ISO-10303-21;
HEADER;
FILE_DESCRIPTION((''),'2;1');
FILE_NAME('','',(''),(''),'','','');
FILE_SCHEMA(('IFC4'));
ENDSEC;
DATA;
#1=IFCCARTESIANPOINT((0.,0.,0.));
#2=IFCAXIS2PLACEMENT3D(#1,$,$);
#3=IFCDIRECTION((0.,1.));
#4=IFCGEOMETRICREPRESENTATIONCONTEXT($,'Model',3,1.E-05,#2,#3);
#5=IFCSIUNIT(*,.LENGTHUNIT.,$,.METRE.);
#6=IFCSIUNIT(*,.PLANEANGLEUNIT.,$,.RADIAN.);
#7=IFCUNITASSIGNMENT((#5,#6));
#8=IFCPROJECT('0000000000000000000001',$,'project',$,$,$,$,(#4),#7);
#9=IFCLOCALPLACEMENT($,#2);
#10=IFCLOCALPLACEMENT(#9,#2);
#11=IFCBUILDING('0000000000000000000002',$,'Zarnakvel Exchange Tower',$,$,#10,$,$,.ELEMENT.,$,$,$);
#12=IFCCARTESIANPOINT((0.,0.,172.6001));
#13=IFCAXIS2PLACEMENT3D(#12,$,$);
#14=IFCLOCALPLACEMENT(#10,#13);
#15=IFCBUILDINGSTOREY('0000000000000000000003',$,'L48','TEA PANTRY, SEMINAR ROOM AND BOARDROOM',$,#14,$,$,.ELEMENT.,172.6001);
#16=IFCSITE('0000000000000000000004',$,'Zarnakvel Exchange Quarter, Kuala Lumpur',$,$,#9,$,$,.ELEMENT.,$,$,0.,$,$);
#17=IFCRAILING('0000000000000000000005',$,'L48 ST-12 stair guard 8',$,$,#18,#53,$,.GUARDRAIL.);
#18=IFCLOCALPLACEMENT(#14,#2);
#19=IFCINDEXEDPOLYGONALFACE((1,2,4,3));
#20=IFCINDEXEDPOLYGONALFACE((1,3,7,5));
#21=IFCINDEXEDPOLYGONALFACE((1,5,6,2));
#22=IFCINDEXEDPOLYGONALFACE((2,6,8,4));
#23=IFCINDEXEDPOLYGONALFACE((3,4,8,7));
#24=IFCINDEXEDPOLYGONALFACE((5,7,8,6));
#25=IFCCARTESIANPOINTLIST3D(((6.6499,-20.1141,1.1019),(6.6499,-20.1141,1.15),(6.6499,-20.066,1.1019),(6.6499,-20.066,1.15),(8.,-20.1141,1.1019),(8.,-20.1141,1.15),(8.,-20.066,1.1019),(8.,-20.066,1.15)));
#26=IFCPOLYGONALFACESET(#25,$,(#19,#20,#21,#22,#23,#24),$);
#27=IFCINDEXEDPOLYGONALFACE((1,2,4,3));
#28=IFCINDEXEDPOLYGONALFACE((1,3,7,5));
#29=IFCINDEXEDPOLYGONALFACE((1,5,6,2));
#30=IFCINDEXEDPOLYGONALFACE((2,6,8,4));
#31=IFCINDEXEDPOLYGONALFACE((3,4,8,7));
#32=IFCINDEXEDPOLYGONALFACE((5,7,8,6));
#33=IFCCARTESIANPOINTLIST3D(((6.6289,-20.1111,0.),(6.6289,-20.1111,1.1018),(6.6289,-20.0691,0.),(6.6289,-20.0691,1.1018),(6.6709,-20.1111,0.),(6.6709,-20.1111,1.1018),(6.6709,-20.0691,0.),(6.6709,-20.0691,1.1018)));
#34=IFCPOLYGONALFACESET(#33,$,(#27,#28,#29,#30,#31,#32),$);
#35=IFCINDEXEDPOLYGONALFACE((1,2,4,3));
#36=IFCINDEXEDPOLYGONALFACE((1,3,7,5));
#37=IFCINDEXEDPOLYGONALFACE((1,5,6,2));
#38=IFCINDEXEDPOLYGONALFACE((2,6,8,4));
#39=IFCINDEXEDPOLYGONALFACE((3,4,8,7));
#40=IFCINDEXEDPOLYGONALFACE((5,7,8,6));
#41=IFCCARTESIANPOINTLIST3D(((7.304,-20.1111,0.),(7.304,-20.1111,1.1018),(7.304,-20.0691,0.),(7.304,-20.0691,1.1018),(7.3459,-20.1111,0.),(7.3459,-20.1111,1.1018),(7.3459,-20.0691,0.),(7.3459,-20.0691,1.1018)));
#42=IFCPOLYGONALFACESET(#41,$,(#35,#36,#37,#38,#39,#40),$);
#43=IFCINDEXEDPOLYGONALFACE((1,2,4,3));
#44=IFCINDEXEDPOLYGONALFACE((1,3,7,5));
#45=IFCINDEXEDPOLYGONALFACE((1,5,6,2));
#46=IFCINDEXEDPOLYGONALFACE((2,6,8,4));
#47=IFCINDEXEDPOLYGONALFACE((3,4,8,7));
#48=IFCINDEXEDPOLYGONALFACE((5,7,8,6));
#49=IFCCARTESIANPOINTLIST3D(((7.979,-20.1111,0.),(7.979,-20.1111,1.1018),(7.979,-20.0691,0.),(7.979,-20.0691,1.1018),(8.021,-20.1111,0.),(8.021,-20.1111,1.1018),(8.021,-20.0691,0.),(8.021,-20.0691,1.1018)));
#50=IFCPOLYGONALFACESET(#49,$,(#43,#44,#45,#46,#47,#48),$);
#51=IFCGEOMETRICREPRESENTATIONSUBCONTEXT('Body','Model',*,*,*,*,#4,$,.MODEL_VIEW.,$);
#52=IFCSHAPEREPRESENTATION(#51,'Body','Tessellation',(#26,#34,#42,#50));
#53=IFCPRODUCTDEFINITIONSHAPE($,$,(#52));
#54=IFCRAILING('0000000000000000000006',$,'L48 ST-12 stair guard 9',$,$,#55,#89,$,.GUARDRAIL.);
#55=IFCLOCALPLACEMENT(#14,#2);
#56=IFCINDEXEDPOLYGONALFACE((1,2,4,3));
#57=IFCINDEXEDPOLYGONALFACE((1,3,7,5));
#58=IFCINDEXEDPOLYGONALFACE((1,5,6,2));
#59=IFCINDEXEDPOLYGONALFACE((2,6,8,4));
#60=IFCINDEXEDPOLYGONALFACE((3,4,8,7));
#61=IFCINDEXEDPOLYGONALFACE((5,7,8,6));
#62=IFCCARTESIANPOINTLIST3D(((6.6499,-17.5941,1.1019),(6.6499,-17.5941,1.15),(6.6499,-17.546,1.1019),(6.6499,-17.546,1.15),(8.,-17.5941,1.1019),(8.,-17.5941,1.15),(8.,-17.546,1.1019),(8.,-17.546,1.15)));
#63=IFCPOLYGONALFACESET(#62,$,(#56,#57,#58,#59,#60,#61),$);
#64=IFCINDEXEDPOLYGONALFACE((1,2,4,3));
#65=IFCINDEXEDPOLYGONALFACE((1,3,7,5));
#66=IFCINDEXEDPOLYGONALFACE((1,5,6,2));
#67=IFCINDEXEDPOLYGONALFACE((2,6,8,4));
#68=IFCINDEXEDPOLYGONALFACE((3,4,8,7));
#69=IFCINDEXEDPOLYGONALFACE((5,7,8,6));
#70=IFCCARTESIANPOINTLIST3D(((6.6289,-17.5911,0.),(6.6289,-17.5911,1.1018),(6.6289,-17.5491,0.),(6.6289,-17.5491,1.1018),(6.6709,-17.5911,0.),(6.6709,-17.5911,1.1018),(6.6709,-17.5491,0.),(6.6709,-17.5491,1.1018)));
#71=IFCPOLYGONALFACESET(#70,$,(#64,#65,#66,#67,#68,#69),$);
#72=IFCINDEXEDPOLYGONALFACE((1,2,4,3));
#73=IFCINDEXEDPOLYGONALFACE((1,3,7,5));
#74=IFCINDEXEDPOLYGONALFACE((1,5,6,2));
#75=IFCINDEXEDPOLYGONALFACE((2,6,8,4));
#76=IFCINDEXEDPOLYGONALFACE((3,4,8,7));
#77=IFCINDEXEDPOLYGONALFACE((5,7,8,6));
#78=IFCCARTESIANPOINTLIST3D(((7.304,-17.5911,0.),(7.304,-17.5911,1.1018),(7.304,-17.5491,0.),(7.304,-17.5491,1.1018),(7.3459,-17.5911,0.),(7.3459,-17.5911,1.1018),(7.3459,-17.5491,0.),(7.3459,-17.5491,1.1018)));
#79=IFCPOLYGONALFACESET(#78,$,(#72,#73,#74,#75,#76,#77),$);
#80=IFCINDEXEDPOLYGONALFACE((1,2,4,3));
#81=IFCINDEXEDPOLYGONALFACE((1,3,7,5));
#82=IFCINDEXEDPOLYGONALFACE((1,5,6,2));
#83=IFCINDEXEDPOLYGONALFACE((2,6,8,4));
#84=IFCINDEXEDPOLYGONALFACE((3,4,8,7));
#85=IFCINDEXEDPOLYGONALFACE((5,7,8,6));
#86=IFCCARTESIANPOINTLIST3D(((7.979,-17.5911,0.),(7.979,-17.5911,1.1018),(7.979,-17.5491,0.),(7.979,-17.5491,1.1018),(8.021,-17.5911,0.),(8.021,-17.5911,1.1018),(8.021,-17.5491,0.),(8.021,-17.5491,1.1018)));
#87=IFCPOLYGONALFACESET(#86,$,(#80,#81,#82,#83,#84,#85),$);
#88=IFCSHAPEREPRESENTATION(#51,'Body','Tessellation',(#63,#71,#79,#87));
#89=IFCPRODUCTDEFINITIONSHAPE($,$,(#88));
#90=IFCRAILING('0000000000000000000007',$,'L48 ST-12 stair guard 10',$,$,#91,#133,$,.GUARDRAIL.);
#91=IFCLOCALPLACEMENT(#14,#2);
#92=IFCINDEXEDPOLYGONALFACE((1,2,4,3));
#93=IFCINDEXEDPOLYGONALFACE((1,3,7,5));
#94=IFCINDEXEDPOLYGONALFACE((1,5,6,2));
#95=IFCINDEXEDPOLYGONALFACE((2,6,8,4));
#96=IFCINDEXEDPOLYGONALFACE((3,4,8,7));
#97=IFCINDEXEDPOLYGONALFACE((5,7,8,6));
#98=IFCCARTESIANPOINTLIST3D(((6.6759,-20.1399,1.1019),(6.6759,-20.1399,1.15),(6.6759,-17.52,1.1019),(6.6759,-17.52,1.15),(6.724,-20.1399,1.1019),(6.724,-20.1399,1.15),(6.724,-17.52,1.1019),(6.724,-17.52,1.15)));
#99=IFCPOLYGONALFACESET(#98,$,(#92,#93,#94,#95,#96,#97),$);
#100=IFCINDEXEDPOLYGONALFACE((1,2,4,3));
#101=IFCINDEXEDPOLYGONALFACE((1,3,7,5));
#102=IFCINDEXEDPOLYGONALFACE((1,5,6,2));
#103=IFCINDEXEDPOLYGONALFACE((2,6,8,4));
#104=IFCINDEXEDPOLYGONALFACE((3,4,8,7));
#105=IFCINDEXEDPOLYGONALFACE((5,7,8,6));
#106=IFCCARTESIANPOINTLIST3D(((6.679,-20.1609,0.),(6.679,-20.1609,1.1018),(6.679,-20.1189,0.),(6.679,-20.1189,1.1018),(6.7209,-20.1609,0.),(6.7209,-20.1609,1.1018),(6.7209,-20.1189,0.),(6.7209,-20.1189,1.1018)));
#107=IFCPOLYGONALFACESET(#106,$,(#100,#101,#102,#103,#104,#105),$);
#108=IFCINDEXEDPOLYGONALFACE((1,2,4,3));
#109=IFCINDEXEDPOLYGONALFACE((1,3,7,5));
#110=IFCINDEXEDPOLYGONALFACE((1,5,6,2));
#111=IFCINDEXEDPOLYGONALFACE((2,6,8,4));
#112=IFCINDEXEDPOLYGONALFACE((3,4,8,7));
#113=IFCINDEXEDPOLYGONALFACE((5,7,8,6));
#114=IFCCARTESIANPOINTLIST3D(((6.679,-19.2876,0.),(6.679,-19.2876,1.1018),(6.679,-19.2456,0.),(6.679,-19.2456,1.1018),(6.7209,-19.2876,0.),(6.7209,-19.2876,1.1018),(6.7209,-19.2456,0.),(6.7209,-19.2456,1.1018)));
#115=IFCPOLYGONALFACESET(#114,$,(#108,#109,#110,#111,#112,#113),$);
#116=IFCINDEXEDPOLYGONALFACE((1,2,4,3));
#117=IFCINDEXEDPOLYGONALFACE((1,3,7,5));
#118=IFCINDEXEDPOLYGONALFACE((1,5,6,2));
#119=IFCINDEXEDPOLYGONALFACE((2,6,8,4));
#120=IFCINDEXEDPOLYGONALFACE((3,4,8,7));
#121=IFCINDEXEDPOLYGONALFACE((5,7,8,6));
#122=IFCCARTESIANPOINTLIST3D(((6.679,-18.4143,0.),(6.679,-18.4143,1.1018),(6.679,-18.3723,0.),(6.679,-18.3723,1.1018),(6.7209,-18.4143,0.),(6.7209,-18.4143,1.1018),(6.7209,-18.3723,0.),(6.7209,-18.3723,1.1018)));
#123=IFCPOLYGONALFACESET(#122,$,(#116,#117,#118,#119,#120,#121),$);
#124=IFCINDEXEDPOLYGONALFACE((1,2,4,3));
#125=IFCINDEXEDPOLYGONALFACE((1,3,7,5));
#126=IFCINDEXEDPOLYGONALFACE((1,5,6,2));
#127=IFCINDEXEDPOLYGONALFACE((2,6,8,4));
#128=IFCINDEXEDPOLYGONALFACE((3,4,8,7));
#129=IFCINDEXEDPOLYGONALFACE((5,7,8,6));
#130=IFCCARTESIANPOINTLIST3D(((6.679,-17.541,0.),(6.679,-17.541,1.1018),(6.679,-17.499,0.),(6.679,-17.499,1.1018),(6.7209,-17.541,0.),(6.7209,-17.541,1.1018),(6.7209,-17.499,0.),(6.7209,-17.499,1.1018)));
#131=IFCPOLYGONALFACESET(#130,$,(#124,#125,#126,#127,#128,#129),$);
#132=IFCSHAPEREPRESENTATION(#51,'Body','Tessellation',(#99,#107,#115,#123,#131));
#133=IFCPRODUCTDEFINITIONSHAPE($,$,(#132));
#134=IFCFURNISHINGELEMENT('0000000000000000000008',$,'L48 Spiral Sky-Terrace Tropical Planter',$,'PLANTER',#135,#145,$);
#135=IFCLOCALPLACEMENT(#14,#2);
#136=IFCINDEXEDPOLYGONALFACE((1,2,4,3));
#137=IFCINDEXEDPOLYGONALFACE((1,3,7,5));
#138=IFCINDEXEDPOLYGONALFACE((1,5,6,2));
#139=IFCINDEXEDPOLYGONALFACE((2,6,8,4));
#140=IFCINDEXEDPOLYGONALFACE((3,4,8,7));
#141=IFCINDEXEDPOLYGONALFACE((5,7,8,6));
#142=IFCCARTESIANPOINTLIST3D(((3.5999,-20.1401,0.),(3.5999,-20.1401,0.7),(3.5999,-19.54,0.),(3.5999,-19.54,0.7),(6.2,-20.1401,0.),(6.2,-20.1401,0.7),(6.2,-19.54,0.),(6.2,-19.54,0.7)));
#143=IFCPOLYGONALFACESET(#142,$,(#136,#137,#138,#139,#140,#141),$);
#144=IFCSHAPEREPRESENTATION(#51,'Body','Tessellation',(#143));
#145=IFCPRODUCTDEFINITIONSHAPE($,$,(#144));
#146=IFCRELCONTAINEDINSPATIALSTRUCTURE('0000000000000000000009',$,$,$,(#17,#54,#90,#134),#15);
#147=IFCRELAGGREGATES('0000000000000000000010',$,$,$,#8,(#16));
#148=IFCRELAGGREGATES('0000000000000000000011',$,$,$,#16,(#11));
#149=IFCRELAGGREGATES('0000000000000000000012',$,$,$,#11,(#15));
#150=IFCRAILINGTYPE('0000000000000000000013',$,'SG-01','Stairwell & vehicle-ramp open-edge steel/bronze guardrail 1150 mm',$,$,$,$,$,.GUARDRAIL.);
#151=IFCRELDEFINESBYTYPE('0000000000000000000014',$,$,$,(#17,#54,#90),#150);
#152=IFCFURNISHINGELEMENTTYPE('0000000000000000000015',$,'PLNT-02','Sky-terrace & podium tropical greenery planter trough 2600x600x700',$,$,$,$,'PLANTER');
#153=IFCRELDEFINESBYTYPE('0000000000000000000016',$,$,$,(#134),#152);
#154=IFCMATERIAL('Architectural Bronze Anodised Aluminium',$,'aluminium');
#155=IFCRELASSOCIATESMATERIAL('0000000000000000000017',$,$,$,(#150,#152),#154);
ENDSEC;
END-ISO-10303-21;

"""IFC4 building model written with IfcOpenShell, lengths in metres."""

from ifc_helpers import new_model, si_unit, direction, frame, origin, origin_2d, place, context, subcontext, project, spatial, rectangle, extrude, source, transform, mapped, material, type_object, element, save


model = new_model("IFC4")

# Units and contexts
model_context = context("Model", 3, precision=1e-05, world=origin(), true_north=direction((0.0, 1.0)))
body_context = subcontext(model_context, "Body", "Model", "MODEL_VIEW")
ifc_project = project(units=[si_unit("LENGTHUNIT", "METRE"), si_unit("PLANEANGLEUNIT", "RADIAN")], contexts=[model_context])

# Site, building, storey
site_placement = place(None, origin())
site = spatial("IfcSite", under=ifc_project, at=site_placement, Name="Zarnakvel Exchange Quarter, Kuala Lumpur", CompositionType="ELEMENT", RefElevation=0.0)
building_placement = place(site_placement, origin())
building = spatial("IfcBuilding", under=site, at=building_placement, Name="Zarnakvel Exchange Tower", CompositionType="ELEMENT")
storey_placement = place(building_placement, frame((0.0, 0.0, 172.6001)))
storey = spatial("IfcBuildingStorey", under=building, at=storey_placement, Name="L48", Description="TEA PANTRY, SEMINAR ROOM AND BOARDROOM", CompositionType="ELEMENT", Elevation=172.6001)

# Shared definitions
ifc_material_1 = material(Name="Architectural Bronze Anodised Aluminium", Category="aluminium")

# Railings
railing_type_1 = type_object("IfcRailingType", Name="SG-01", Description="Stairwell & vehicle-ramp open-edge steel/bronze guardrail 1150 mm", PredefinedType="GUARDRAIL", material=ifc_material_1)
for number, where, name in (
    (1, (6.6499, -20.0901, 0.0), "L48 ST-12 stair guard 8"),
    (2, (6.6499, -17.5701, 0.0), "L48 ST-12 stair guard 9"),
):
    element("IfcRailing", number, at=place(storey_placement, frame(where)), inside=storey, type_object=railing_type_1, Name=name, PredefinedType="GUARDRAIL", context=body_context, shape_type="SweptSolid", body=[
        extrude(rectangle(XDim=0.0481, YDim=0.0481, at=origin_2d()), frame((0.0, 0.0, 1.126), z_axis=(1.0, 0.0, 0.0), x_axis=(0.0, 1.0, 0.0)), (0.0, 0.0, 1.0), 1.3501),
        extrude(rectangle(XDim=0.042, YDim=0.042, at=origin_2d()), origin(), (0.0, 0.0, 1.0), 1.1018),
        extrude(rectangle(XDim=0.042, YDim=0.042, at=origin_2d()), frame((0.675, 0.0, 0.0)), (0.0, 0.0, 1.0), 1.1018),
        extrude(rectangle(XDim=0.042, YDim=0.042, at=origin_2d()), frame((1.3501, 0.0, 0.0)), (0.0, 0.0, 1.0), 1.1018),
    ])
railing_1_placement = place(storey_placement, frame((6.7, -20.1399, 0.0)))
element("IfcRailing", 3, at=railing_1_placement, inside=storey, type_object=railing_type_1, Name="L48 ST-12 stair guard 10", PredefinedType="GUARDRAIL", context=body_context, shape_type="SweptSolid", body=[
    extrude(rectangle(XDim=0.0481, YDim=0.0481, at=origin_2d()), frame((0.0, 0.0, 1.126), z_axis=(0.0, 1.0, 0.0), x_axis=(-1.0, 0.0, 0.0)), (0.0, 0.0, 1.0), 2.6199),
    extrude(rectangle(XDim=0.042, YDim=0.042, at=origin_2d()), origin(), (0.0, 0.0, 1.0), 1.1018),
    extrude(rectangle(XDim=0.042, YDim=0.042, at=origin_2d()), frame((0.0, 0.8733, 0.0)), (0.0, 0.0, 1.0), 1.1018),
    extrude(rectangle(XDim=0.042, YDim=0.042, at=origin_2d()), frame((0.0, 1.7466, 0.0)), (0.0, 0.0, 1.0), 1.1018),
    extrude(rectangle(XDim=0.042, YDim=0.042, at=origin_2d()), frame((0.0, 2.6199, 0.0)), (0.0, 0.0, 1.0), 1.1018),
])

# Furnishing element
furnishing_element_type = type_object("IfcFurnishingElementType", Name="PLNT-02", Description="Sky-terrace & podium tropical greenery planter trough 2600x600x700", ElementType="PLANTER", material=ifc_material_1)
shared_shape_1 = source(origin(), body_context, "Body", "SweptSolid", [
    extrude(rectangle(XDim=2.6001, YDim=0.6001, at=origin_2d()), origin(), (0.0, 0.0, 1.0), 0.7),
])
furnishing_placement = place(storey_placement, frame((4.8999, -19.8401, 0.0), z_axis=(0.0, 0.0, 1.0), x_axis=(1.0, 0.0, 0.0)))
element("IfcFurnishingElement", 4, at=furnishing_placement, inside=storey, type_object=furnishing_element_type, Name="L48 Spiral Sky-Terrace Tropical Planter", ObjectType="PLANTER", context=body_context, shape_type="MappedRepresentation", body=[
    mapped(shared_shape_1, transform((0.0, 0.0, 0.0), x_axis=(1.0, 0.0, 0.0), y_axis=(0.0, 1.0, 0.0), z_axis=(0.0, 0.0, 1.0), scale=1.0)),
])

save(model, "model.ifc")
